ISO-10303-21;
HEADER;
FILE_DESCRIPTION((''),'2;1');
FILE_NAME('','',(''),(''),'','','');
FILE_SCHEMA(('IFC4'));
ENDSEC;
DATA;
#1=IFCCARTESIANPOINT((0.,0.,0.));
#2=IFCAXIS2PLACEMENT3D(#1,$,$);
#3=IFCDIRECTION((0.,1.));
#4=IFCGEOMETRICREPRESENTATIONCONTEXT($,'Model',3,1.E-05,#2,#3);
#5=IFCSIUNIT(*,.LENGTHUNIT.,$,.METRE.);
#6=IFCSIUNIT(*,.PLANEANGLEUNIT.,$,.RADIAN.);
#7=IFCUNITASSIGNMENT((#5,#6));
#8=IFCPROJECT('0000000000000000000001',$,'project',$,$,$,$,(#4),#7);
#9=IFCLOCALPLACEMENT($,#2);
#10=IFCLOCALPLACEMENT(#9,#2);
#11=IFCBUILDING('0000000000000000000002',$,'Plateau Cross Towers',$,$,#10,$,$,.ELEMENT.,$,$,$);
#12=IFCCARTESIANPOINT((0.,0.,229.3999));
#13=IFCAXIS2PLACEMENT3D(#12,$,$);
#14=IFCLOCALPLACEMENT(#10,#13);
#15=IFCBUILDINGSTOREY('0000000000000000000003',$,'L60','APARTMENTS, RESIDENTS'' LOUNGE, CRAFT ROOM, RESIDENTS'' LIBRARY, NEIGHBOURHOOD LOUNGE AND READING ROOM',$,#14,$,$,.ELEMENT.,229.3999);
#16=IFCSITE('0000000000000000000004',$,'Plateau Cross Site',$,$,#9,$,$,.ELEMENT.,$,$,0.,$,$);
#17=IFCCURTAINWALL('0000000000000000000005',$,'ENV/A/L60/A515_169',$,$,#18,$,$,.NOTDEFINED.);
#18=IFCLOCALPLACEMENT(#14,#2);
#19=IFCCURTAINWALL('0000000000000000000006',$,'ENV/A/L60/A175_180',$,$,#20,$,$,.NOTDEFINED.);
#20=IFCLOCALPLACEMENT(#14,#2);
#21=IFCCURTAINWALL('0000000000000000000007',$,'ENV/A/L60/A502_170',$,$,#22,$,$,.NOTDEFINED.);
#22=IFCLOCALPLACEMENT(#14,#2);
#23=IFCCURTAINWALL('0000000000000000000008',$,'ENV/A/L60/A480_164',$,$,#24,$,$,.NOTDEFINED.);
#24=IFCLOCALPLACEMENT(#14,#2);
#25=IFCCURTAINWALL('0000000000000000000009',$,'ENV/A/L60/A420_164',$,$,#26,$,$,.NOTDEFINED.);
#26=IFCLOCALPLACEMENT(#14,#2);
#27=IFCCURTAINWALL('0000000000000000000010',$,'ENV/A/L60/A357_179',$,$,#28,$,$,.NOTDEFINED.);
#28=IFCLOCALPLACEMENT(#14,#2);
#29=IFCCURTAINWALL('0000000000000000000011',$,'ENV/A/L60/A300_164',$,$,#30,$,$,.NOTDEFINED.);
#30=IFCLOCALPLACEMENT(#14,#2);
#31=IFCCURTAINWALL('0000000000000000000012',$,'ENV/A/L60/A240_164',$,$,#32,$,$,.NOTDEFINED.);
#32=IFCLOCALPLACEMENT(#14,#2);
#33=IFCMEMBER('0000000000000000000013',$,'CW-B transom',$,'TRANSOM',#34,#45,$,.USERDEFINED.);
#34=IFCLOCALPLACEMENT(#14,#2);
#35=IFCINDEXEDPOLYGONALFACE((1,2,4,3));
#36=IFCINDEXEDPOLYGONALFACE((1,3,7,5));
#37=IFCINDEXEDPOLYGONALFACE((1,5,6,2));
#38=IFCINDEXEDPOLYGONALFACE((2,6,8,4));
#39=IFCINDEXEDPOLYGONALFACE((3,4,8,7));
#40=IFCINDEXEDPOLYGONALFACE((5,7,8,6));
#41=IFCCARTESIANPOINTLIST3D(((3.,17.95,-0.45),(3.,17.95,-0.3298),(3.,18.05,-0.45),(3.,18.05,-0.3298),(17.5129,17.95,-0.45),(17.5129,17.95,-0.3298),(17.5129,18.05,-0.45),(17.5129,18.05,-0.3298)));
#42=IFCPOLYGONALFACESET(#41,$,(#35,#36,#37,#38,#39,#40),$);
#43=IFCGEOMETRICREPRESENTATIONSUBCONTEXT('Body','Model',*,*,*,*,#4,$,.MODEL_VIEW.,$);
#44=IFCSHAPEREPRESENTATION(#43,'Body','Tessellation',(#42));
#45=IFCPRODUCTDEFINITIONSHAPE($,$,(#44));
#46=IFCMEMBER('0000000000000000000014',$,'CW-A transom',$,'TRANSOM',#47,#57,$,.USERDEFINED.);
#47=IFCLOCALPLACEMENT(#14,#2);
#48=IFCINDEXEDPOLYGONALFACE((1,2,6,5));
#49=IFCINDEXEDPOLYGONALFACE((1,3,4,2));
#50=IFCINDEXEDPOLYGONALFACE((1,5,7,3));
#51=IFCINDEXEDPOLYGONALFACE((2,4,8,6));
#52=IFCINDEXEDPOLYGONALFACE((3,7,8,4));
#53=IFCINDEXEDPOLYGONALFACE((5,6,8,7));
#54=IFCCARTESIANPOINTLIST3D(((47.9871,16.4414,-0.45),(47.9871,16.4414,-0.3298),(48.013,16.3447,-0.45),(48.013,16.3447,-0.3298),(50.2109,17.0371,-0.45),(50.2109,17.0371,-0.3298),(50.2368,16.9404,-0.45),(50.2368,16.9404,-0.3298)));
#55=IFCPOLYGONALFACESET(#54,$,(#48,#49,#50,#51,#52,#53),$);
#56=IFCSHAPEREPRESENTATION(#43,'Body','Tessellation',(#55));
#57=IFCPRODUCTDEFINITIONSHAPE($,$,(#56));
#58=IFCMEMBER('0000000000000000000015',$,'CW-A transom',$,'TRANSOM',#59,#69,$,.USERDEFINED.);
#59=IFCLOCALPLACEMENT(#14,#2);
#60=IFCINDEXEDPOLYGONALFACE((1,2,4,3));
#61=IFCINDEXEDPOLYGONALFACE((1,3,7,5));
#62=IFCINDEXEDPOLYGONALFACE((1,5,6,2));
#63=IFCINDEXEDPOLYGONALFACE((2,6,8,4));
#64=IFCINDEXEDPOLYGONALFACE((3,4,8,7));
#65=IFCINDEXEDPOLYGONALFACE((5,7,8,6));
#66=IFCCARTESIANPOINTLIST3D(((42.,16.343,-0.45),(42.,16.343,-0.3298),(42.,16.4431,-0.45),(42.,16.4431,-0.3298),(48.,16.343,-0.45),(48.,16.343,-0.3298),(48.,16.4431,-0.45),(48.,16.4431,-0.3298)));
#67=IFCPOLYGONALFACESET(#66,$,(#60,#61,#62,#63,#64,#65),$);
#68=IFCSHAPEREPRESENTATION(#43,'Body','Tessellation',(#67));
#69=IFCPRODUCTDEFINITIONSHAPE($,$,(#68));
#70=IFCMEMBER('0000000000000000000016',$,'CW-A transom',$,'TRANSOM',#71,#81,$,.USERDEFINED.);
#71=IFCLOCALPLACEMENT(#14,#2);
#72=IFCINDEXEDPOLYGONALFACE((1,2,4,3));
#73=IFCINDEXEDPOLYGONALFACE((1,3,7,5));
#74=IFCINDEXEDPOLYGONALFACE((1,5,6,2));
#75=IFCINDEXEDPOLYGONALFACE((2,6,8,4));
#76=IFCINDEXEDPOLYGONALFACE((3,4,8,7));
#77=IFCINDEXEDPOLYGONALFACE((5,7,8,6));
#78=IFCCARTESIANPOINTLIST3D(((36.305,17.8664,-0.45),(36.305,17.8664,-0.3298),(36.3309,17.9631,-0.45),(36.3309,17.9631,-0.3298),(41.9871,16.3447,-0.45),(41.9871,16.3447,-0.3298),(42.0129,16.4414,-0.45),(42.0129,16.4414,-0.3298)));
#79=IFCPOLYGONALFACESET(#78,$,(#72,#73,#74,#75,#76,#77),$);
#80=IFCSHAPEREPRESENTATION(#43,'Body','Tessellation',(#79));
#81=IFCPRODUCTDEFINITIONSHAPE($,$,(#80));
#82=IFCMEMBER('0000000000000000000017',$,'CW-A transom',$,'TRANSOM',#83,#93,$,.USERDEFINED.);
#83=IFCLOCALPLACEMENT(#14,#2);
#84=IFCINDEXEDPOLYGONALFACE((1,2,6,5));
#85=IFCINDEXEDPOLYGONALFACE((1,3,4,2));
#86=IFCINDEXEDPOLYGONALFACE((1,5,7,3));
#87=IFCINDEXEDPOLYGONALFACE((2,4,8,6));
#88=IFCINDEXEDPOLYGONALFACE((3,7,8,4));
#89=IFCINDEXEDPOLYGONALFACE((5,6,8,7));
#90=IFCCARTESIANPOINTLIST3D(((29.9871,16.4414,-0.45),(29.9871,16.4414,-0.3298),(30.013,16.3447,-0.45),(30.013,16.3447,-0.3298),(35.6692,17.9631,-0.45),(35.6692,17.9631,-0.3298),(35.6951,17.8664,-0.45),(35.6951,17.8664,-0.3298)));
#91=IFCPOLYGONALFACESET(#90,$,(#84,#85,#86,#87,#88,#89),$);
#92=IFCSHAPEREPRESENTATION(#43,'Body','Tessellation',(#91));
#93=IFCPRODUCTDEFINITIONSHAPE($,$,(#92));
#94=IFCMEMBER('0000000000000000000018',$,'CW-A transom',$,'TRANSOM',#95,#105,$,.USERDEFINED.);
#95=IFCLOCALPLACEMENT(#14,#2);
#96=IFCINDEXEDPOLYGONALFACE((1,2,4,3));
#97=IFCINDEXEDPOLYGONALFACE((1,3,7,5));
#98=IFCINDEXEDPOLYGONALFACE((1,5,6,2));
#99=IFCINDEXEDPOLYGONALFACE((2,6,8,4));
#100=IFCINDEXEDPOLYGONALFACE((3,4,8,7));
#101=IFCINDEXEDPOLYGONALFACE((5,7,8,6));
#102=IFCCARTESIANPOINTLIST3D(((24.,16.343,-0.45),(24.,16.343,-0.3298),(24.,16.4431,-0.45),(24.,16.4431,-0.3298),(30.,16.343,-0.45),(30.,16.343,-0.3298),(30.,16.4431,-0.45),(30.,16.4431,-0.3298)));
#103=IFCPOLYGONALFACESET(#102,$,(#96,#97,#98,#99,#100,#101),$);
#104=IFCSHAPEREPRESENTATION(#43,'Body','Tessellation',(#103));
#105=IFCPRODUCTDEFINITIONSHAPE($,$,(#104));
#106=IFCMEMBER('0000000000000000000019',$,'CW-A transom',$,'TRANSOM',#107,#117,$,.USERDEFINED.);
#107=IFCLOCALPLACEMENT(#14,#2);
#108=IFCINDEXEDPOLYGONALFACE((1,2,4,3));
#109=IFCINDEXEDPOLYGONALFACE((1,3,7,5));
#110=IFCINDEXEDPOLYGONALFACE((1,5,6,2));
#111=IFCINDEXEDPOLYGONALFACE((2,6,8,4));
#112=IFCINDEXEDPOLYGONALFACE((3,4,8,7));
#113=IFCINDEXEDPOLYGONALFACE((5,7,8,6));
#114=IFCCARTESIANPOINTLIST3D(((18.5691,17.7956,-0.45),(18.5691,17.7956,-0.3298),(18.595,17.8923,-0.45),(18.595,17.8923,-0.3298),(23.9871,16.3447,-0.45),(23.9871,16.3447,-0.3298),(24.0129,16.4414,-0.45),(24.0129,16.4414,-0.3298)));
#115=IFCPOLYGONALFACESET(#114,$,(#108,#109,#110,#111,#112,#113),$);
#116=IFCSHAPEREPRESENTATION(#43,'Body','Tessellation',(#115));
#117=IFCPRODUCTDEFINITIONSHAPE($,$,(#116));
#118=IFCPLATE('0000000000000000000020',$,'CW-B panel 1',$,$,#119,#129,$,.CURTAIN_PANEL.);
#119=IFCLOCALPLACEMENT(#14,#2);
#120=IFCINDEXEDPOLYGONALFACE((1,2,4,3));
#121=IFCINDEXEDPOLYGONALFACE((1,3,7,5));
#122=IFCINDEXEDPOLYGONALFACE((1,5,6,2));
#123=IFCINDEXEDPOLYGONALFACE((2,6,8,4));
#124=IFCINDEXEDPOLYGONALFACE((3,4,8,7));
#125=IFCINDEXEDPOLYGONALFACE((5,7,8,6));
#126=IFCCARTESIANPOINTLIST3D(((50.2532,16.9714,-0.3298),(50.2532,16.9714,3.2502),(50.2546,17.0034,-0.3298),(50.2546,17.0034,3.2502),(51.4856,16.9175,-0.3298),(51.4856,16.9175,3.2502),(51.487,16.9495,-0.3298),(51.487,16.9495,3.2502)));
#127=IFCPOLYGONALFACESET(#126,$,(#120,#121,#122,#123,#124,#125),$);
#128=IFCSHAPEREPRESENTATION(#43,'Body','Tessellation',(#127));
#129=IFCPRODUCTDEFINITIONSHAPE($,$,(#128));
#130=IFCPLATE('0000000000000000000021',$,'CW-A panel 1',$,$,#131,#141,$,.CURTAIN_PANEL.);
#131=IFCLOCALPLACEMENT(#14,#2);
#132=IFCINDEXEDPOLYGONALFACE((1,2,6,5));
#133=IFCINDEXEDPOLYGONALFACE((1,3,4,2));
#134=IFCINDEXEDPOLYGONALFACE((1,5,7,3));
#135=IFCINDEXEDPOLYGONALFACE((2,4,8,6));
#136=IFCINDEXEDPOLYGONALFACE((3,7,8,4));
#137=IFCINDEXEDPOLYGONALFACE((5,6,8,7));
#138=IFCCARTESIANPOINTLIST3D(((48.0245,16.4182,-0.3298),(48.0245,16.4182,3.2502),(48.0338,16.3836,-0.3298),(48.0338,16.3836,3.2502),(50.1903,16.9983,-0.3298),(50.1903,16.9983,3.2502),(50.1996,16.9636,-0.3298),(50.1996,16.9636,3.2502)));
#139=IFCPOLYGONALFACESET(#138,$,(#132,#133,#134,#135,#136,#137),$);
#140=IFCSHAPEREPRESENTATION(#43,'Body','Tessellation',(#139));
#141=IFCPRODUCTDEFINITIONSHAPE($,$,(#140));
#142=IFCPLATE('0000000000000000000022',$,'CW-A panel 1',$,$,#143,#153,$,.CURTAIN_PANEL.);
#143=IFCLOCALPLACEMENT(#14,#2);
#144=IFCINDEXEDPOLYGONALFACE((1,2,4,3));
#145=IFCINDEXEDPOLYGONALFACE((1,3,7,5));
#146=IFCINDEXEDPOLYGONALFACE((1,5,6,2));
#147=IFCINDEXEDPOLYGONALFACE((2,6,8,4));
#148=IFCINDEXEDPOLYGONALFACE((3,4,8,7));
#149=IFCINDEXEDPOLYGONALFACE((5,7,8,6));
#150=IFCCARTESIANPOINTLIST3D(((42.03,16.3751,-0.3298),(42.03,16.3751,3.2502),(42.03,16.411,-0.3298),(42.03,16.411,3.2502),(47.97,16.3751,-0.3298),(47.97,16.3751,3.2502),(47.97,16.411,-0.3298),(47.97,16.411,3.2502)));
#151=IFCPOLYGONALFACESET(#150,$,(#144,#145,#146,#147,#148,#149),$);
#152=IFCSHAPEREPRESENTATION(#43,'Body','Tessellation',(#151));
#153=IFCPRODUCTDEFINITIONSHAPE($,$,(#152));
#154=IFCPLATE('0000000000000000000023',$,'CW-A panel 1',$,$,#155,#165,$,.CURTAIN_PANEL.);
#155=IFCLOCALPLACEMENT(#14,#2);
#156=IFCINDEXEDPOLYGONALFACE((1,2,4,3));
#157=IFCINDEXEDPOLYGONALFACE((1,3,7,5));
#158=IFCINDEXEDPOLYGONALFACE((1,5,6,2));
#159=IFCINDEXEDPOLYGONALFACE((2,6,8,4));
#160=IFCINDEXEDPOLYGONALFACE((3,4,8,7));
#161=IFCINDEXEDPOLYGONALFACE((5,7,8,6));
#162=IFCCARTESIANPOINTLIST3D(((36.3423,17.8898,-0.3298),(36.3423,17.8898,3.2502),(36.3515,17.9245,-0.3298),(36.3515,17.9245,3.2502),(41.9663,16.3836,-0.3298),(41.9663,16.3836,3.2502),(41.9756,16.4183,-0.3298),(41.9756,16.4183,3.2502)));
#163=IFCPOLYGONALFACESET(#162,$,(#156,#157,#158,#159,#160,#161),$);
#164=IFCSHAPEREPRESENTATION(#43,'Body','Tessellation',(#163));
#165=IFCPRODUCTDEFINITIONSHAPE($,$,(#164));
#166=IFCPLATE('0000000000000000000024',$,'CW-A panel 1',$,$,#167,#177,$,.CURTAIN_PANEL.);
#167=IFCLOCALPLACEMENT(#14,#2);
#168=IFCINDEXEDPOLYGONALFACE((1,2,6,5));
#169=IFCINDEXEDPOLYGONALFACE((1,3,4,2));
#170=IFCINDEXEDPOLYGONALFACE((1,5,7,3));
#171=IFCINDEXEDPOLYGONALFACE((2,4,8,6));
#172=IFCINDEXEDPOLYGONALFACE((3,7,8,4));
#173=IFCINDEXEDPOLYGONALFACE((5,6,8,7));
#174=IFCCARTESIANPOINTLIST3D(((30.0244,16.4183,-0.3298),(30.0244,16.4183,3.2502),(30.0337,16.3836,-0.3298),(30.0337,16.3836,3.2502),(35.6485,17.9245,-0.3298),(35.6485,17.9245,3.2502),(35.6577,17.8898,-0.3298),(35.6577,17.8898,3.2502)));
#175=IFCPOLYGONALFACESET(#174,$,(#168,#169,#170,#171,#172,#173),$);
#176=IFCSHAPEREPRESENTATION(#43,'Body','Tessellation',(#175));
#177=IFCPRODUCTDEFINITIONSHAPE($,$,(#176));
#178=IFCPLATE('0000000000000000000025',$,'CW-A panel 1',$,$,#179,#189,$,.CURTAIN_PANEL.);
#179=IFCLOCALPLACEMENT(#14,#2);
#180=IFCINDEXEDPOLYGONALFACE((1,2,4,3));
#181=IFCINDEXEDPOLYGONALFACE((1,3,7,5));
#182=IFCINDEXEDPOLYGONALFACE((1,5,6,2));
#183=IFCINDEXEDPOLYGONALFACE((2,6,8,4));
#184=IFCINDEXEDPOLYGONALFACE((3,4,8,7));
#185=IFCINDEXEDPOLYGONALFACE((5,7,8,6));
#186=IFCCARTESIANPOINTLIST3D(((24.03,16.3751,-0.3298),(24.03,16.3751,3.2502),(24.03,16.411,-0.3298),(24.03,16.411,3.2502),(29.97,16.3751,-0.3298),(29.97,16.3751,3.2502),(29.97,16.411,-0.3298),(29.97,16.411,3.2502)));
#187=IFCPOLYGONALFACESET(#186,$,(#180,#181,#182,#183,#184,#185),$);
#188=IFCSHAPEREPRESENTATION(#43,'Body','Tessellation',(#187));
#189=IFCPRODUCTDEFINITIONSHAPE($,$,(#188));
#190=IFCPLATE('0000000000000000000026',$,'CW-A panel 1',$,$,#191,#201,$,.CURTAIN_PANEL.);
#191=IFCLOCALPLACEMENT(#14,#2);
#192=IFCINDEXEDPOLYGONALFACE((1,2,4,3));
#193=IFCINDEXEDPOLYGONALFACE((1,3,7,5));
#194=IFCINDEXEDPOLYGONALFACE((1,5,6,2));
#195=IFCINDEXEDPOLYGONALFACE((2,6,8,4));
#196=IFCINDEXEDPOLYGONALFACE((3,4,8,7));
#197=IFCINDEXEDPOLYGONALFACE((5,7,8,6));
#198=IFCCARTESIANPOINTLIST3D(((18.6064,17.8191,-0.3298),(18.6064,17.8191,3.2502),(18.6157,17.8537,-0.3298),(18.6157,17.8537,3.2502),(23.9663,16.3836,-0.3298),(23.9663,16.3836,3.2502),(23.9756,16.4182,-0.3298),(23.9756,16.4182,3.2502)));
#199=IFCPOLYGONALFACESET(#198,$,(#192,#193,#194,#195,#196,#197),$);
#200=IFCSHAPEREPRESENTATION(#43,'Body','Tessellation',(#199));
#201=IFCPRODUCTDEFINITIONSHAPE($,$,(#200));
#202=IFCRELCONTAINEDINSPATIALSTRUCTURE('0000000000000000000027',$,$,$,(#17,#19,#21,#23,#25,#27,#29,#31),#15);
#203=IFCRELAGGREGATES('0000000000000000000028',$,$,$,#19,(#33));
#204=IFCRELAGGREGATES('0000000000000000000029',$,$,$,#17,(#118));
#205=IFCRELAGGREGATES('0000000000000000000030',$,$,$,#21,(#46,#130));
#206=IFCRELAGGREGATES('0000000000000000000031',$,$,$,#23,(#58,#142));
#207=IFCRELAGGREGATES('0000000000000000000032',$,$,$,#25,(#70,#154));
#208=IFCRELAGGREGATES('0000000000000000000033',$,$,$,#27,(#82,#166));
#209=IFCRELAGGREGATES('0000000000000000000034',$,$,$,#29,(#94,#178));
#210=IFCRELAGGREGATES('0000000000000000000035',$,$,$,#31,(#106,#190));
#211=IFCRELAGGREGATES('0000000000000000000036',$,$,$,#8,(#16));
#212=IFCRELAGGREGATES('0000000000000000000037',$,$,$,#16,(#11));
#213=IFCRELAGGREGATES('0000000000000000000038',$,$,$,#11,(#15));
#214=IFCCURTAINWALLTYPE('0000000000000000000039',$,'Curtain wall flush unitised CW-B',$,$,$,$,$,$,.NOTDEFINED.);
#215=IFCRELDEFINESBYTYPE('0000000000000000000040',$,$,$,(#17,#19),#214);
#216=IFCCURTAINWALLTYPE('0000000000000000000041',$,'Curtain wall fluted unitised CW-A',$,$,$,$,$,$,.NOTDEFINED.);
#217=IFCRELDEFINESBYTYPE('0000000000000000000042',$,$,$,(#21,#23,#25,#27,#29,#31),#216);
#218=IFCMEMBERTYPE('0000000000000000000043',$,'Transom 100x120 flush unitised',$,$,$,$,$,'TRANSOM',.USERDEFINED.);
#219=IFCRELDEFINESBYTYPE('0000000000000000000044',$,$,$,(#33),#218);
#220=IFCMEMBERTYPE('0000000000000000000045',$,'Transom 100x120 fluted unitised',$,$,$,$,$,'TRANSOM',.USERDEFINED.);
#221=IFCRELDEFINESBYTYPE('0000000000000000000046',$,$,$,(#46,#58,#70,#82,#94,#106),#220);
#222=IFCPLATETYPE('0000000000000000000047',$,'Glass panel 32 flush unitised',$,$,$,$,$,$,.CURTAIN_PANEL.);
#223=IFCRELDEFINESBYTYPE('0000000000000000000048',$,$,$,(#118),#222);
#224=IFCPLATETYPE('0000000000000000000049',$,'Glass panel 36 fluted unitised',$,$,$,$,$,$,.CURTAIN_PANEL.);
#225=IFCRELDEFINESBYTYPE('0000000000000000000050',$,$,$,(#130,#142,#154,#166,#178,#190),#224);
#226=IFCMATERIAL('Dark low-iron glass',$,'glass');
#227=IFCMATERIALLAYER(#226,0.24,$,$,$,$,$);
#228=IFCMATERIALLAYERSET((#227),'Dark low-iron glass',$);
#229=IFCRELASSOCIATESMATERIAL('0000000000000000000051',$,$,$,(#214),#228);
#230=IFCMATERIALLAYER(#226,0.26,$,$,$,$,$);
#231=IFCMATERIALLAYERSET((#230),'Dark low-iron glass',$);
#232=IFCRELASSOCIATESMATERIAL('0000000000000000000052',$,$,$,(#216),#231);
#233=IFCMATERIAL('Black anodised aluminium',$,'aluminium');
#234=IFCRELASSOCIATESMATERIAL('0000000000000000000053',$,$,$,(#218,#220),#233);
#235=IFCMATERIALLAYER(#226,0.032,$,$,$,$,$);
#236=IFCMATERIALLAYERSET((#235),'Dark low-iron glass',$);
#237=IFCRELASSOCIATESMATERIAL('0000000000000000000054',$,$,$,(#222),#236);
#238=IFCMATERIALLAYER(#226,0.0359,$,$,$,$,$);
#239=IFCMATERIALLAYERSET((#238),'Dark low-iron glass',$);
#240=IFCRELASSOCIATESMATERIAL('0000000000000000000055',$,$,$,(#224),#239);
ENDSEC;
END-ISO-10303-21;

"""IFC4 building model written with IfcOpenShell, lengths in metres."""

from ifc_helpers import new_model, si_unit, direction, frame, origin, origin_2d, place, context, subcontext, project, spatial, rectangle, extrude, material, layer, layer_set, material_profile, profile_set, type_object, element, aggregate, save


model = new_model("IFC4")

# Units and contexts
model_context = context("Model", 3, precision=1e-05, world=origin(), true_north=direction((0.0, 1.0)))
body_context = subcontext(model_context, "Body", "Model", "MODEL_VIEW")
ifc_project = project(units=[si_unit("LENGTHUNIT", "METRE"), si_unit("PLANEANGLEUNIT", "RADIAN")], contexts=[model_context])

# Site, building, storey
site_placement = place(None, origin())
site = spatial("IfcSite", under=ifc_project, at=site_placement, Name="Plateau Cross Site", CompositionType="ELEMENT", RefElevation=0.0)
building_placement = place(site_placement, origin())
building = spatial("IfcBuilding", under=site, at=building_placement, Name="Plateau Cross Towers", CompositionType="ELEMENT")
storey_placement = place(building_placement, frame((0.0, 0.0, 229.3999)))
storey = spatial("IfcBuildingStorey", under=building, at=storey_placement, Name="L60", Description="APARTMENTS, RESIDENTS' LOUNGE, CRAFT ROOM, RESIDENTS' LIBRARY, NEIGHBOURHOOD LOUNGE AND READING ROOM", CompositionType="ELEMENT", Elevation=229.3999)

# Curtain walls
ifc_material_1 = material(Name="Dark low-iron glass", Category="glass")
ifc_layer_1 = layer(ifc_material_1, 0.24)
ifc_layer_set_1 = layer_set([ifc_layer_1], Name="Dark low-iron glass")
curtain_wall_type_1 = type_object("IfcCurtainWallType", Name="Curtain wall flush unitised CW-B", PredefinedType="NOTDEFINED", material=ifc_layer_set_1)
ifc_material_2 = material(Name="Black anodised aluminium", Category="aluminium")
curtain_wall_1_placement = place(storey_placement, origin())
curtain_wall_1 = element("IfcCurtainWall", 1, at=curtain_wall_1_placement, inside=storey, type_object=curtain_wall_type_1, Name="ENV/A/L60/A515_169", PredefinedType="NOTDEFINED")
curtain_wall_2_placement = place(storey_placement, origin())
curtain_wall_2 = element("IfcCurtainWall", 2, at=curtain_wall_2_placement, inside=storey, type_object=curtain_wall_type_1, Name="ENV/A/L60/A175_180", PredefinedType="NOTDEFINED")
ifc_layer_2 = layer(ifc_material_1, 0.26)
ifc_layer_set_2 = layer_set([ifc_layer_2], Name="Dark low-iron glass")
curtain_wall_type_2 = type_object("IfcCurtainWallType", Name="Curtain wall fluted unitised CW-A", PredefinedType="NOTDEFINED", material=ifc_layer_set_2)
curtain_wall_3_placement = place(storey_placement, origin())
curtain_wall_3 = element("IfcCurtainWall", 3, at=curtain_wall_3_placement, inside=storey, type_object=curtain_wall_type_2, Name="ENV/A/L60/A502_170", PredefinedType="NOTDEFINED")
curtain_wall_4_placement = place(storey_placement, origin())
curtain_wall_4 = element("IfcCurtainWall", 4, at=curtain_wall_4_placement, inside=storey, type_object=curtain_wall_type_2, Name="ENV/A/L60/A480_164", PredefinedType="NOTDEFINED")

# Curtain wall
curtain_wall_5_placement = place(storey_placement, origin())
curtain_wall_5 = element("IfcCurtainWall", 5, at=curtain_wall_5_placement, inside=storey, type_object=curtain_wall_type_2, Name="ENV/A/L60/A420_164", PredefinedType="NOTDEFINED")

# Curtain walls
curtain_wall_6_placement = place(storey_placement, origin())
curtain_wall_6 = element("IfcCurtainWall", 6, at=curtain_wall_6_placement, inside=storey, type_object=curtain_wall_type_2, Name="ENV/A/L60/A357_179", PredefinedType="NOTDEFINED")
curtain_wall_7_placement = place(storey_placement, origin())
curtain_wall_7 = element("IfcCurtainWall", 7, at=curtain_wall_7_placement, inside=storey, type_object=curtain_wall_type_2, Name="ENV/A/L60/A300_164", PredefinedType="NOTDEFINED")

# Curtain wall
curtain_wall_8_placement = place(storey_placement, origin())
curtain_wall_8 = element("IfcCurtainWall", 8, at=curtain_wall_8_placement, inside=storey, type_object=curtain_wall_type_2, Name="ENV/A/L60/A240_164", PredefinedType="NOTDEFINED")

# Members
ifc_material_profile_1 = material_profile(ifc_material_2, rectangle(XDim=0.1001, YDim=0.1201, at=origin_2d()), Name="TRANSOM 100x120")
ifc_profile_set_1 = profile_set([ifc_material_profile_1], Name="Black anodised aluminium")
member_type_1 = type_object("IfcMemberType", Name="Transom 100x120 flush unitised", ElementType="TRANSOM", PredefinedType="USERDEFINED", material=ifc_profile_set_1)
member_1_placement = place(storey_placement, frame((17.5129, 18.0, -0.3899), z_axis=(-1.0, 0.0, 0.0), x_axis=(0.0, -1.0, 0.0)))
member_1 = element("IfcMember", 9, at=member_1_placement, type_object=member_type_1, Name="CW-B transom", ObjectType="TRANSOM", PredefinedType="USERDEFINED", context=body_context, shape_type="SweptSolid", body=[
    extrude(rectangle(XDim=0.1001, YDim=0.1201, at=origin_2d()), origin(), (0.0, 0.0, 1.0), 14.5129),
])
aggregate(curtain_wall_2, [member_1])
ifc_material_profile_2 = material_profile(ifc_material_2, rectangle(XDim=0.1001, YDim=0.1201, at=origin_2d()), Name="TRANSOM 100x120")
ifc_profile_set_2 = profile_set([ifc_material_profile_2], Name="Black anodised aluminium")
member_type_2 = type_object("IfcMemberType", Name="Transom 100x120 fluted unitised", ElementType="TRANSOM", PredefinedType="USERDEFINED", material=ifc_profile_set_2)
member_2_placement = place(storey_placement, frame((50.2239, 16.9888, -0.3899), z_axis=(-0.965946, -0.258745, 0.0), x_axis=(0.258745, -0.965946, 0.0)))
member_2 = element("IfcMember", 10, at=member_2_placement, type_object=member_type_2, Name="CW-A transom", ObjectType="TRANSOM", PredefinedType="USERDEFINED", context=body_context, shape_type="SweptSolid", body=[
    extrude(rectangle(XDim=0.1001, YDim=0.1201, at=origin_2d()), origin(), (0.0, 0.0, 1.0), 2.3022),
])
member_3_placement = place(storey_placement, frame((48.0, 16.3931, -0.3899), z_axis=(-1.0, 0.0, 0.0), x_axis=(0.0, -1.0, 0.0)))
member_3 = element("IfcMember", 11, at=member_3_placement, type_object=member_type_2, Name="CW-A transom", ObjectType="TRANSOM", PredefinedType="USERDEFINED", context=body_context, shape_type="SweptSolid", body=[
    extrude(rectangle(XDim=0.1001, YDim=0.1201, at=origin_2d()), origin(), (0.0, 0.0, 1.0), 6.0),
])
member_4_placement = place(storey_placement, frame((42.0, 16.3931, -0.3899), z_axis=(-0.96596, 0.258693, 0.0), x_axis=(-0.258693, -0.96596, 0.0)))
member_4 = element("IfcMember", 12, at=member_4_placement, type_object=member_type_2, Name="CW-A transom", ObjectType="TRANSOM", PredefinedType="USERDEFINED", context=body_context, shape_type="SweptSolid", body=[
    extrude(rectangle(XDim=0.1001, YDim=0.1201, at=origin_2d()), origin(), (0.0, 0.0, 1.0), 5.8823),
])
member_5_placement = place(storey_placement, frame((35.6821, 17.9148, -0.3899), z_axis=(-0.96596, -0.258693, 0.0), x_axis=(0.258693, -0.96596, 0.0)))
member_5 = element("IfcMember", 13, at=member_5_placement, type_object=member_type_2, Name="CW-A transom", ObjectType="TRANSOM", PredefinedType="USERDEFINED", context=body_context, shape_type="SweptSolid", body=[
    extrude(rectangle(XDim=0.1001, YDim=0.1201, at=origin_2d()), origin(), (0.0, 0.0, 1.0), 5.8823),
])
member_6_placement = place(storey_placement, frame((30.0, 16.3931, -0.3899), z_axis=(-1.0, 0.0, 0.0), x_axis=(0.0, -1.0, 0.0)))
member_6 = element("IfcMember", 14, at=member_6_placement, type_object=member_type_2, Name="CW-A transom", ObjectType="TRANSOM", PredefinedType="USERDEFINED", context=body_context, shape_type="SweptSolid", body=[
    extrude(rectangle(XDim=0.1001, YDim=0.1201, at=origin_2d()), origin(), (0.0, 0.0, 1.0), 6.0),
])
member_7_placement = place(storey_placement, frame((24.0, 16.3931, -0.3899), z_axis=(-0.965962, 0.258684, 0.0), x_axis=(-0.258684, -0.965962, 0.0)))
member_7 = element("IfcMember", 15, at=member_7_placement, type_object=member_type_2, Name="CW-A transom", ObjectType="TRANSOM", PredefinedType="USERDEFINED", context=body_context, shape_type="SweptSolid", body=[
    extrude(rectangle(XDim=0.1001, YDim=0.1201, at=origin_2d()), origin(), (0.0, 0.0, 1.0), 5.6089),
])

# Plates
ifc_layer_3 = layer(ifc_material_1, 0.032)
ifc_layer_set_3 = layer_set([ifc_layer_3], Name="Dark low-iron glass")
plate_type_1 = type_object("IfcPlateType", Name="Glass panel 32 flush unitised", PredefinedType="CURTAIN_PANEL", material=ifc_layer_set_3)
plate_1_placement = place(storey_placement, frame((50.8701, 16.9604, -0.3298), z_axis=(0.0, 0.0, 1.0), x_axis=(-0.999044, 0.043723, 0.0)))
plate_1 = element("IfcPlate", 16, at=plate_1_placement, type_object=plate_type_1, Name="CW-B panel 1", PredefinedType="CURTAIN_PANEL", context=body_context, shape_type="SweptSolid", body=[
    extrude(rectangle(XDim=1.2336, YDim=0.032, at=origin_2d()), origin(), (0.0, 0.0, 1.0), 3.5801),
])
aggregate(curtain_wall_1, [plate_1])
ifc_layer_4 = layer(ifc_material_1, 0.0359)
ifc_layer_set_4 = layer_set([ifc_layer_4], Name="Dark low-iron glass")
plate_type_2 = type_object("IfcPlateType", Name="Glass panel 36 fluted unitised", PredefinedType="CURTAIN_PANEL", material=ifc_layer_set_4)
plate_2_placement = place(storey_placement, frame((49.1121, 16.6909, -0.3298), z_axis=(0.0, 0.0, 1.0), x_axis=(-0.965958, -0.258699, 0.0)))
plate_2 = element("IfcPlate", 17, at=plate_2_placement, type_object=plate_type_2, Name="CW-A panel 1", PredefinedType="CURTAIN_PANEL", context=body_context, shape_type="SweptSolid", body=[
    extrude(rectangle(XDim=2.2422, YDim=0.0359, at=origin_2d()), origin(), (0.0, 0.0, 1.0), 3.5801),
])
aggregate(curtain_wall_3, [member_2, plate_2])
plate_3_placement = place(storey_placement, frame((45.0, 16.3931, -0.3298), z_axis=(0.0, 0.0, 1.0), x_axis=(-1.0, 0.0, 0.0)))
plate_3 = element("IfcPlate", 18, at=plate_3_placement, type_object=plate_type_2, Name="CW-A panel 1", PredefinedType="CURTAIN_PANEL", context=body_context, shape_type="SweptSolid", body=[
    extrude(rectangle(XDim=5.9399, YDim=0.0359, at=origin_2d()), origin(), (0.0, 0.0, 1.0), 3.5801),
])
aggregate(curtain_wall_4, [member_3, plate_3])
plate_4_placement = place(storey_placement, frame((39.1589, 17.1541, -0.3298), z_axis=(0.0, 0.0, 1.0), x_axis=(-0.965958, 0.258699, 0.0)))
plate_4 = element("IfcPlate", 19, at=plate_4_placement, type_object=plate_type_2, Name="CW-A panel 1", PredefinedType="CURTAIN_PANEL", context=body_context, shape_type="SweptSolid", body=[
    extrude(rectangle(XDim=5.8223, YDim=0.0359, at=origin_2d()), origin(), (0.0, 0.0, 1.0), 3.5801),
])
aggregate(curtain_wall_5, [member_4, plate_4])
plate_5_placement = place(storey_placement, frame((32.8411, 17.1541, -0.3298), z_axis=(0.0, 0.0, 1.0), x_axis=(-0.965958, -0.258699, 0.0)))
plate_5 = element("IfcPlate", 20, at=plate_5_placement, type_object=plate_type_2, Name="CW-A panel 1", PredefinedType="CURTAIN_PANEL", context=body_context, shape_type="SweptSolid", body=[
    extrude(rectangle(XDim=5.8223, YDim=0.0359, at=origin_2d()), origin(), (0.0, 0.0, 1.0), 3.5801),
])
aggregate(curtain_wall_6, [member_5, plate_5])
plate_6_placement = place(storey_placement, frame((27.0, 16.3931, -0.3298), z_axis=(0.0, 0.0, 1.0), x_axis=(-1.0, 0.0, 0.0)))
plate_6 = element("IfcPlate", 21, at=plate_6_placement, type_object=plate_type_2, Name="CW-A panel 1", PredefinedType="CURTAIN_PANEL", context=body_context, shape_type="SweptSolid", body=[
    extrude(rectangle(XDim=5.9399, YDim=0.0359, at=origin_2d()), origin(), (0.0, 0.0, 1.0), 3.5801),
])
aggregate(curtain_wall_7, [member_6, plate_6])
plate_7_placement = place(storey_placement, frame((21.291, 17.1187, -0.3298), z_axis=(0.0, 0.0, 1.0), x_axis=(-0.965958, 0.258699, 0.0)))
plate_7 = element("IfcPlate", 22, at=plate_7_placement, type_object=plate_type_2, Name="CW-A panel 1", PredefinedType="CURTAIN_PANEL", context=body_context, shape_type="SweptSolid", body=[
    extrude(rectangle(XDim=5.5488, YDim=0.0359, at=origin_2d()), origin(), (0.0, 0.0, 1.0), 3.5801),
])
aggregate(curtain_wall_8, [member_7, plate_7])

save(model, "model.ifc")
